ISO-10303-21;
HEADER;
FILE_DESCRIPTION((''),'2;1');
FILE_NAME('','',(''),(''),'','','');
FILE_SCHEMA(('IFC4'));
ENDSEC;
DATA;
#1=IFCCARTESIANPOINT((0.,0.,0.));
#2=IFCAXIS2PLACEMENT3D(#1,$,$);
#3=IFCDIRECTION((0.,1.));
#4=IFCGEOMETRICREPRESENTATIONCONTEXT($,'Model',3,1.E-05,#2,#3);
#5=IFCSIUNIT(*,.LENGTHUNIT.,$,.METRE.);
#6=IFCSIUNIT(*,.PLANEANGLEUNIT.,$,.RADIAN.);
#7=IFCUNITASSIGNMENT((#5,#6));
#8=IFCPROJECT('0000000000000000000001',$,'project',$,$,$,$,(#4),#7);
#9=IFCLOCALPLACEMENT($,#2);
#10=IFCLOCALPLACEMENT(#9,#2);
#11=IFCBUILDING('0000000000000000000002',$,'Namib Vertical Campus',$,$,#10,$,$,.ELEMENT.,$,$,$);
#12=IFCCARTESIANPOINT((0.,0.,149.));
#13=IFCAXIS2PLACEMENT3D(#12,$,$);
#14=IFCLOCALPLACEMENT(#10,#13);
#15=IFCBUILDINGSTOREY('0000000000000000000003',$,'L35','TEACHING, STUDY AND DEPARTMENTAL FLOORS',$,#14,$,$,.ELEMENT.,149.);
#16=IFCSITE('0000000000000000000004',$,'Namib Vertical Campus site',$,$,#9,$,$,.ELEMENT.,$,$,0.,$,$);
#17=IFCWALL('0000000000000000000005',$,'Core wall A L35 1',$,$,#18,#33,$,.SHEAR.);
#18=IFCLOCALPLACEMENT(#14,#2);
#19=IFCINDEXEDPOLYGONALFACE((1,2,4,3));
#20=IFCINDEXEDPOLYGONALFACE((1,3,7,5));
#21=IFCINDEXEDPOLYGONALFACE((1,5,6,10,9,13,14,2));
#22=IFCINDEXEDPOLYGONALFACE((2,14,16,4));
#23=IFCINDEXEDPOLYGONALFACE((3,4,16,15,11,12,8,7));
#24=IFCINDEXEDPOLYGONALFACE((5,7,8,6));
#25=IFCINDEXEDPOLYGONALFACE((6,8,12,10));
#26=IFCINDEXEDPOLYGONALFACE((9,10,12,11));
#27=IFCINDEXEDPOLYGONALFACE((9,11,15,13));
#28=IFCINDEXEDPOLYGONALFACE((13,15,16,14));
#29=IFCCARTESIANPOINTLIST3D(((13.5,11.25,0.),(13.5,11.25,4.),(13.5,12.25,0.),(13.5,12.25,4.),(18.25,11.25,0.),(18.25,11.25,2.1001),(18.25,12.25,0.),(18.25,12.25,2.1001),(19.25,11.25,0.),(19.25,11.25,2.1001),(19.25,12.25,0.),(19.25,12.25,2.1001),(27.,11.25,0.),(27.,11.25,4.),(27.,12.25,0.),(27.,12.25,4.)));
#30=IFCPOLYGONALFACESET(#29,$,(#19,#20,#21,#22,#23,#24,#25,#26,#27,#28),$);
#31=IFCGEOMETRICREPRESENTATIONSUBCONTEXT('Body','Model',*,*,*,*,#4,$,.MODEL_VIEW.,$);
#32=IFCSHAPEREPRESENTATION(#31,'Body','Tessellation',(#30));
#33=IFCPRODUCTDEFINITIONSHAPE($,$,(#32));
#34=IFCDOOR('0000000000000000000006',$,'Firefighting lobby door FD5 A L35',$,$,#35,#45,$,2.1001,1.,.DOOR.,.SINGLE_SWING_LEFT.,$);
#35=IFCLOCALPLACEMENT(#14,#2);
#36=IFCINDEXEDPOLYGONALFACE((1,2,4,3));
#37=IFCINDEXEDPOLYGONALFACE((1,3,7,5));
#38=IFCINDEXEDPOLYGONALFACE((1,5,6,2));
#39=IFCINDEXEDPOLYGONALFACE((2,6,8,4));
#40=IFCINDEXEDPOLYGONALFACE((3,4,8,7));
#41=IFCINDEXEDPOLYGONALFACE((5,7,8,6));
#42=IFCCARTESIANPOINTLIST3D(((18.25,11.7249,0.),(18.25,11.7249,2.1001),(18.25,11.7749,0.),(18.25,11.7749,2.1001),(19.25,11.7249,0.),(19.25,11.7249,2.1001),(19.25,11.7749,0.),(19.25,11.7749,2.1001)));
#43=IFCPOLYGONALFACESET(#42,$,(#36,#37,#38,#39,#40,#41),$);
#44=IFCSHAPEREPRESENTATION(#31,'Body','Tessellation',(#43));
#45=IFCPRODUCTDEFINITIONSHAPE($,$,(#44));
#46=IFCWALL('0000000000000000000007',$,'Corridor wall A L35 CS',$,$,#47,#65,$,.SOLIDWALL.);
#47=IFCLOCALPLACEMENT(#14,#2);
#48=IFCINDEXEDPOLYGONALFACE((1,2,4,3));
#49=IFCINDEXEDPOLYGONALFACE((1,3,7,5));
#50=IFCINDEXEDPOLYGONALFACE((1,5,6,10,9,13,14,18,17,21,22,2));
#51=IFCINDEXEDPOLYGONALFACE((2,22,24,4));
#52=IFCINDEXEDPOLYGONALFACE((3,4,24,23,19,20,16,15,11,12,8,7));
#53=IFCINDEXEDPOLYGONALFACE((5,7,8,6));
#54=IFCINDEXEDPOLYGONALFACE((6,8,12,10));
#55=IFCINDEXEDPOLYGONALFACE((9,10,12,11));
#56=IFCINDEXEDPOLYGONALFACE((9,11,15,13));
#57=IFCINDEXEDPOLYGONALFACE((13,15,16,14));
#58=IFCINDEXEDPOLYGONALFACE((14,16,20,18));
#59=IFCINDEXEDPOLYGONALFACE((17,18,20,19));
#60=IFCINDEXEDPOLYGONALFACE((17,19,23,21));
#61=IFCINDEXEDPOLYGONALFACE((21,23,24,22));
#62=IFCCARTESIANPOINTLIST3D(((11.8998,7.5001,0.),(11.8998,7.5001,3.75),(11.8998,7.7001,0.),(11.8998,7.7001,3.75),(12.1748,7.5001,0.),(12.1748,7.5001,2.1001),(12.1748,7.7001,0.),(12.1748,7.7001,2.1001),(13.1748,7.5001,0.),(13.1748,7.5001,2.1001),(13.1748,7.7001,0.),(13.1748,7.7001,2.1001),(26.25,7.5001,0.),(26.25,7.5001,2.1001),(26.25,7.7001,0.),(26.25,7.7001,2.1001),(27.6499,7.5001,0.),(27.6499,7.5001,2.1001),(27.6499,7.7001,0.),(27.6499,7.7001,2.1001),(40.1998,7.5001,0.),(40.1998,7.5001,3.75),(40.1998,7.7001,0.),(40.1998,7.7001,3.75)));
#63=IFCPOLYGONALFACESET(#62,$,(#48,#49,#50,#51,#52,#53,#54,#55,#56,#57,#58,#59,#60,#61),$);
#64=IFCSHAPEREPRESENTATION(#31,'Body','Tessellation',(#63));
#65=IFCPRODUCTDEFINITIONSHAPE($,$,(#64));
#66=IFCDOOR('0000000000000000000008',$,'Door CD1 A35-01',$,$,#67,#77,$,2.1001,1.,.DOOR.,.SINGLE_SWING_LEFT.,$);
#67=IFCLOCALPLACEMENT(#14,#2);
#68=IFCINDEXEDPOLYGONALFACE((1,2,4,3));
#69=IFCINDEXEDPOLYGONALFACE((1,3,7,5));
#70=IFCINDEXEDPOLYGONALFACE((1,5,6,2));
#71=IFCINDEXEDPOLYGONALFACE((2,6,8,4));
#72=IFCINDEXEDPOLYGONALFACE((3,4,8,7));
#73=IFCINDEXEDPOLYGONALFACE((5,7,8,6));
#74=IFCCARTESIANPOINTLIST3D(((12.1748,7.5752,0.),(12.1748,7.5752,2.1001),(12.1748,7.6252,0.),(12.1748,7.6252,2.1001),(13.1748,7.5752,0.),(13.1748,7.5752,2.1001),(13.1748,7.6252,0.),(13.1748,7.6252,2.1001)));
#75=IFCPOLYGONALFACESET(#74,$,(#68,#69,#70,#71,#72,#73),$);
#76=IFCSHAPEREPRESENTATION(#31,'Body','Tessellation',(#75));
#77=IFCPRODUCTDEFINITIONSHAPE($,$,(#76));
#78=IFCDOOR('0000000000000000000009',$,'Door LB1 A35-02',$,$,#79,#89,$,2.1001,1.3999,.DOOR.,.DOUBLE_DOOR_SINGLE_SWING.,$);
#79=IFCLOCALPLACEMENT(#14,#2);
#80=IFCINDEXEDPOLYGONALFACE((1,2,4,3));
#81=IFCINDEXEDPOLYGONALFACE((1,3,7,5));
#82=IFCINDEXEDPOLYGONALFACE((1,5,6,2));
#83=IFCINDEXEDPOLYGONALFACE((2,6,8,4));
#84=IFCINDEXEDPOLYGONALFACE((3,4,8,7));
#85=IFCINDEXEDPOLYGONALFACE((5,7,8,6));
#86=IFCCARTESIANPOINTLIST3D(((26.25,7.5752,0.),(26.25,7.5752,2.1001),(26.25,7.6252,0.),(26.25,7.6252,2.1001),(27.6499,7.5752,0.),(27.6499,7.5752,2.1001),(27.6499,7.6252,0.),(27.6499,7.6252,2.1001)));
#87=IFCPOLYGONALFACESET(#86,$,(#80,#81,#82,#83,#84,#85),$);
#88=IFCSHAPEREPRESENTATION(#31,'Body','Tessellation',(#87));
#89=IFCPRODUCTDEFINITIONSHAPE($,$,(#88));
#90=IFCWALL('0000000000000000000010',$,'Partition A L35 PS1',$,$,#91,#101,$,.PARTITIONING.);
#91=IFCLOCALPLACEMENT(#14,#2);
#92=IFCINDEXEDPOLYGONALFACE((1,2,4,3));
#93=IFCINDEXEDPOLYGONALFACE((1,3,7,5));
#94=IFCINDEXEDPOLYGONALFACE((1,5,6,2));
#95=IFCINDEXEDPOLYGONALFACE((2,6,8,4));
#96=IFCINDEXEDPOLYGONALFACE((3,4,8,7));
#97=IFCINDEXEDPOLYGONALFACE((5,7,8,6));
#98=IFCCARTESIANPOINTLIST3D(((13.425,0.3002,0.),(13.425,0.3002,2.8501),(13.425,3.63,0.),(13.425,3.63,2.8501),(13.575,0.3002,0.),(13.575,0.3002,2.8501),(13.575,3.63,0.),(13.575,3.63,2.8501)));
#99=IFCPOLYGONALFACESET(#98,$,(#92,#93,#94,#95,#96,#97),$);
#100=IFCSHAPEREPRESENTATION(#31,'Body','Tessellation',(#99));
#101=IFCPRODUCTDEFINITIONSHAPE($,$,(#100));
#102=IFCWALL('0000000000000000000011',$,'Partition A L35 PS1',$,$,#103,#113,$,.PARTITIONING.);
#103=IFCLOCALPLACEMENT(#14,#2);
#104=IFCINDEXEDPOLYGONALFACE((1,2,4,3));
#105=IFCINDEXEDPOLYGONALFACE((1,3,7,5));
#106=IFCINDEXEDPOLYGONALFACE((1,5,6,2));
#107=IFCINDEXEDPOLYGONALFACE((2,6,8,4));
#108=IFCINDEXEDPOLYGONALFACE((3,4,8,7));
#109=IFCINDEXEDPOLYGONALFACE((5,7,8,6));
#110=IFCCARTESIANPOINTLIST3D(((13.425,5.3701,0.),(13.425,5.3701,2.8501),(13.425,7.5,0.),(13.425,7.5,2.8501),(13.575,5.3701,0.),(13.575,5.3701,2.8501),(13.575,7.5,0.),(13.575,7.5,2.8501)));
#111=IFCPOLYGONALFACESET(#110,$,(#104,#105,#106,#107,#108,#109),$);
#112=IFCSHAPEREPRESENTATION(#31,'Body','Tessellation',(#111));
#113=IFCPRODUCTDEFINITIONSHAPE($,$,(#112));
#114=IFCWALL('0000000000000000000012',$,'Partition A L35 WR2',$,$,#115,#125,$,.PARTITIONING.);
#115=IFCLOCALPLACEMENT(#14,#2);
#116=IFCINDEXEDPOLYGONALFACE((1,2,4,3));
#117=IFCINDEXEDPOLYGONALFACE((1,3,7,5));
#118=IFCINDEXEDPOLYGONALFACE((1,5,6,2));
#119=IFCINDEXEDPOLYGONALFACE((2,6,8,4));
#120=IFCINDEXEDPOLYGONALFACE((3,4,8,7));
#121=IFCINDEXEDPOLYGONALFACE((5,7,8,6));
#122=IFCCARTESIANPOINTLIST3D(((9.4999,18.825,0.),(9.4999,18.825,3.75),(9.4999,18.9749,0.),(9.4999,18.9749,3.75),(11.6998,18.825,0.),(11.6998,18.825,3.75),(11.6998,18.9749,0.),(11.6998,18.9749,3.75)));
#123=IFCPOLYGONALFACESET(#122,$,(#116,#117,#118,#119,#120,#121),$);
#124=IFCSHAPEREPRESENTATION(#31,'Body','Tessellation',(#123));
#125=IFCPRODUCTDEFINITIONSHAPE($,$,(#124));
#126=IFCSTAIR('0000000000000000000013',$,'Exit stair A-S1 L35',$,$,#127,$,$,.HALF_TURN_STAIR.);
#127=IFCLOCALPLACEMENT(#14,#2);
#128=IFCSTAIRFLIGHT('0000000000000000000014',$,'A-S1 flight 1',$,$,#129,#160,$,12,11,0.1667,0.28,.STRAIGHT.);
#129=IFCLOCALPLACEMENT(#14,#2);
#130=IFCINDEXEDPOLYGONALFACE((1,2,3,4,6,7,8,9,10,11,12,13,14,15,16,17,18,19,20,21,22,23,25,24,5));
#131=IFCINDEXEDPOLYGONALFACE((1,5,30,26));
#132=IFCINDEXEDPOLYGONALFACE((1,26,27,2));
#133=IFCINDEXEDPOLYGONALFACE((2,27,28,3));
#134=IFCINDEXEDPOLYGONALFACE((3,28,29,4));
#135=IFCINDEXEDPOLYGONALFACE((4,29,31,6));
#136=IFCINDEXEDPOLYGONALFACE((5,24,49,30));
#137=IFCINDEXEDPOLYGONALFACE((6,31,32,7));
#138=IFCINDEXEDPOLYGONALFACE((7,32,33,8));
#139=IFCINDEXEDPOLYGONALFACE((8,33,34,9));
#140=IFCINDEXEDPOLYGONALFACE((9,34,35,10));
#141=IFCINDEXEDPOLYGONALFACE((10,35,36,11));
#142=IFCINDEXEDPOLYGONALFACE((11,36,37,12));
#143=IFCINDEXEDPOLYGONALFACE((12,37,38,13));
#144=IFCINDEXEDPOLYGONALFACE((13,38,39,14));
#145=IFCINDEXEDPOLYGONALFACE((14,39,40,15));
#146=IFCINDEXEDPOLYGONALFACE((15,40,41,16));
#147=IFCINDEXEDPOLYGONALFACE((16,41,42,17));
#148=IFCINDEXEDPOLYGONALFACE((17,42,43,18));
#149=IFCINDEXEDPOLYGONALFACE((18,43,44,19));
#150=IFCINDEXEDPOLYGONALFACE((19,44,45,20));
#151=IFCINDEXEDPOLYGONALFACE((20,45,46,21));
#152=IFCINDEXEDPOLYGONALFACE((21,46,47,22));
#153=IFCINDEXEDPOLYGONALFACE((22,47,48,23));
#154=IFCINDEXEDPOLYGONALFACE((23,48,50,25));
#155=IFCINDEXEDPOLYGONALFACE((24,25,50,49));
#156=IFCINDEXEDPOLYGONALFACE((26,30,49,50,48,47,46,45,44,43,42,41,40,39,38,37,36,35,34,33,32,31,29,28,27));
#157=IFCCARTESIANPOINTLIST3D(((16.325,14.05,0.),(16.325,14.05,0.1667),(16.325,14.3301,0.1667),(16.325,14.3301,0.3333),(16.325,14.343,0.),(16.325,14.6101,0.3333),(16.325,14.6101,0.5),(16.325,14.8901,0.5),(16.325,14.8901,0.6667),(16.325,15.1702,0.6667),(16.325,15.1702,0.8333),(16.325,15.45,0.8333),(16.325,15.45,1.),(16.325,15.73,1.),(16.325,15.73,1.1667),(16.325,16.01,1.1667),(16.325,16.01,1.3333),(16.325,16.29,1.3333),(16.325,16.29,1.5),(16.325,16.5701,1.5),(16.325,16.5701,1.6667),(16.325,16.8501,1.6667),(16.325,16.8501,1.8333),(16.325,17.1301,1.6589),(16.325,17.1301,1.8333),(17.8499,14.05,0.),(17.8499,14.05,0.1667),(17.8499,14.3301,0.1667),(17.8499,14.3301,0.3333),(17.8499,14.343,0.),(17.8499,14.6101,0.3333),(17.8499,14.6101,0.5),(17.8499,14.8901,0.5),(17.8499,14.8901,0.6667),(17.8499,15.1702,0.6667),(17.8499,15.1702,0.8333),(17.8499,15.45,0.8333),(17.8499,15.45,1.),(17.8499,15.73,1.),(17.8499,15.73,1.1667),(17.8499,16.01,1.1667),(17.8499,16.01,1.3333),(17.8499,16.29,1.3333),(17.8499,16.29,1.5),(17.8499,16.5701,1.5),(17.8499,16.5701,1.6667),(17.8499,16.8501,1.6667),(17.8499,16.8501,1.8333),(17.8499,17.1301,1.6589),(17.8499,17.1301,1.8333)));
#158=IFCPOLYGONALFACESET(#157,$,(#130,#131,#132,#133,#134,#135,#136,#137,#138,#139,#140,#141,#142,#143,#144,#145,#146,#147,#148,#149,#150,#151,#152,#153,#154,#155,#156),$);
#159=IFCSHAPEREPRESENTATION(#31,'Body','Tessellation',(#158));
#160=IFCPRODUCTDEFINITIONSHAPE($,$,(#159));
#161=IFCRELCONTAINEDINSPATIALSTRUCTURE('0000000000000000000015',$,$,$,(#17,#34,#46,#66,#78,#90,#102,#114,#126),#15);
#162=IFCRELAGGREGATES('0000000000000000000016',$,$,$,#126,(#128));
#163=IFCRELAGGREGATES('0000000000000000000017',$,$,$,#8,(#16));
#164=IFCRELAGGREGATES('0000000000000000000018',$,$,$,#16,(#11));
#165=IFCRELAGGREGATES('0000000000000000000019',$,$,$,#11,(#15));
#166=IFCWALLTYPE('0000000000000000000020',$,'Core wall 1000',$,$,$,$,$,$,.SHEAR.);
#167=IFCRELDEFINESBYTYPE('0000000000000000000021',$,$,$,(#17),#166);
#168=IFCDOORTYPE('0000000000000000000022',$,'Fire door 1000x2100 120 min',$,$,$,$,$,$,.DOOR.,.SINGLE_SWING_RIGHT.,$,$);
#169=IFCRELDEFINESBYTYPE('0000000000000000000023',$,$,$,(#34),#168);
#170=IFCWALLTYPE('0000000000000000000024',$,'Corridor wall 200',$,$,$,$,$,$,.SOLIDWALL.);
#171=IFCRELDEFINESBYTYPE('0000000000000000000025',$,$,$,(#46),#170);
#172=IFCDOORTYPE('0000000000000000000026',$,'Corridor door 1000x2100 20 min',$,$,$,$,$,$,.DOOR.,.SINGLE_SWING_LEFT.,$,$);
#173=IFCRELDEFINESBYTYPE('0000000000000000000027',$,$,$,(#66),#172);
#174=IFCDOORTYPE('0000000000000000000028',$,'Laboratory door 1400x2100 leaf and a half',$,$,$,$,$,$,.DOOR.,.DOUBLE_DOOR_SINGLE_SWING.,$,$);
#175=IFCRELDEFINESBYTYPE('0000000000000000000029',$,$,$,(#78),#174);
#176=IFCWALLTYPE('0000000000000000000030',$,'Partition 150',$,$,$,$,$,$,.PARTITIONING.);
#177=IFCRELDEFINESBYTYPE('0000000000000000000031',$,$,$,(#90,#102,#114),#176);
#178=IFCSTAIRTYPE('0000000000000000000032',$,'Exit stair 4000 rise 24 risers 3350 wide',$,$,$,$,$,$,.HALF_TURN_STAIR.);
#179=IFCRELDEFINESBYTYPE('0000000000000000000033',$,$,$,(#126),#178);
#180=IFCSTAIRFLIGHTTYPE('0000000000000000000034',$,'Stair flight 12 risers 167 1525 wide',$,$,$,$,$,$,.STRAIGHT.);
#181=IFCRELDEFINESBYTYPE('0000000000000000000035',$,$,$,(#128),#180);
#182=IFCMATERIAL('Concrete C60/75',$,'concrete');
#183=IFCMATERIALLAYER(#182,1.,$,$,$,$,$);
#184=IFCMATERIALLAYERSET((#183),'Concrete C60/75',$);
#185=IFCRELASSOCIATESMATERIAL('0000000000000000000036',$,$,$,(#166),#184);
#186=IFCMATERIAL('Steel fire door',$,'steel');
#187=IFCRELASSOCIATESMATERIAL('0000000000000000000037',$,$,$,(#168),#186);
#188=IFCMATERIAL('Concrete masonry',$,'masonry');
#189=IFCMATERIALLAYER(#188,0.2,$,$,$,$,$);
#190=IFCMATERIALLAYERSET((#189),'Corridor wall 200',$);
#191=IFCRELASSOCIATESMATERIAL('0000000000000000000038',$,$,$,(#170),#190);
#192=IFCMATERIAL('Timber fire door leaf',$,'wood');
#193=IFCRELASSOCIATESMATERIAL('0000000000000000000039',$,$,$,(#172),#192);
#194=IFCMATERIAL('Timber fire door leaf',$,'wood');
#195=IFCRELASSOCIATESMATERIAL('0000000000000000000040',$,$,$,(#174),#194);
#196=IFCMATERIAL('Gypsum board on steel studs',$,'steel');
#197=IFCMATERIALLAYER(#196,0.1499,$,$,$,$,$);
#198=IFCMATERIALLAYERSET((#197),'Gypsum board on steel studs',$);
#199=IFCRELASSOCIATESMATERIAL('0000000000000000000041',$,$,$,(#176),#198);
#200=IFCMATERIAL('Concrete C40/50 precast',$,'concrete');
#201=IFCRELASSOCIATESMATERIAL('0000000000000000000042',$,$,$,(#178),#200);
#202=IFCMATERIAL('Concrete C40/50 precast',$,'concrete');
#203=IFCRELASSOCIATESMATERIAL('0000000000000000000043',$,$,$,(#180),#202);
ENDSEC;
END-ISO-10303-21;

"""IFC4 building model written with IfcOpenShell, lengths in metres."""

from ifc_helpers import new_model, si_unit, direction, frame, frame_2d, origin, place, context, subcontext, project, spatial, polyline, rectangle, outline, extrude, material, layer, layer_set, type_object, element, fill, aggregate, save


model = new_model("IFC4")

# Units and contexts
model_context = context("Model", 3, precision=1e-05, world=origin(), true_north=direction((0.0, 1.0)))
body_context = subcontext(model_context, "Body", "Model", "MODEL_VIEW")
ifc_project = project(units=[si_unit("LENGTHUNIT", "METRE"), si_unit("PLANEANGLEUNIT", "RADIAN")], contexts=[model_context])

# Site, building, storey
site_placement = place(None, origin())
site = spatial("IfcSite", under=ifc_project, at=site_placement, Name="Namib Vertical Campus site", CompositionType="ELEMENT", RefElevation=0.0)
building_placement = place(site_placement, origin())
building = spatial("IfcBuilding", under=site, at=building_placement, Name="Namib Vertical Campus", CompositionType="ELEMENT")
storey_placement = place(building_placement, frame((0.0, 0.0, 149.0)))
storey = spatial("IfcBuildingStorey", under=building, at=storey_placement, Name="L35", Description="TEACHING, STUDY AND DEPARTMENTAL FLOORS", CompositionType="ELEMENT", Elevation=149.0)

# Wall, opening, door
ifc_material_1 = material(Name="Concrete C60/75", Category="concrete")
ifc_layer_1 = layer(ifc_material_1, 1.0)
ifc_layer_set_1 = layer_set([ifc_layer_1], Name="Concrete C60/75")
wall_type_1 = type_object("IfcWallType", Name="Core wall 1000", PredefinedType="SHEAR", material=ifc_layer_set_1)
wall_1_placement = place(storey_placement, frame((13.5, 11.75, 0.0), z_axis=(0.0, 0.0, 1.0), x_axis=(1.0, 0.0, 0.0)))
wall_1 = element("IfcWall", 1, at=wall_1_placement, inside=storey, type_object=wall_type_1, Name="Core wall A L35 1", PredefinedType="SHEAR", context=body_context, shape_type="SweptSolid", body=[
    extrude(rectangle(XDim=13.5, YDim=1.0, at=frame_2d((6.75, 0.0))), origin(), (0.0, 0.0, 1.0), 4.0),
])
opening_1_placement = place(wall_1_placement, frame((4.75, 0.0, 0.0)))
opening_1 = element("IfcOpeningElement", 2, at=opening_1_placement, cuts=wall_1, PredefinedType="OPENING", context=body_context, shape_type="SweptSolid", body=[
    extrude(rectangle(XDim=1.0, YDim=2.1001, at=frame_2d((0.5, 1.05))), frame((0.0, 0.51, 0.0), z_axis=(0.0, -1.0, 0.0), x_axis=(1.0, 0.0, 0.0)), (0.0, 0.0, 1.0), 1.02),
])
ifc_material_2 = material(Name="Steel fire door", Category="steel")
door_type_1 = type_object("IfcDoorType", Name="Fire door 1000x2100 120 min", OperationType="SINGLE_SWING_RIGHT", PredefinedType="DOOR", material=ifc_material_2)
door_1_placement = place(opening_1_placement, origin())
door_1 = element("IfcDoor", 3, at=door_1_placement, inside=storey, type_object=door_type_1, Name="Firefighting lobby door FD5 A L35", OperationType="SINGLE_SWING_LEFT", OverallHeight=2.1001, OverallWidth=1.0, PredefinedType="DOOR", context=body_context, shape_type="SweptSolid", body=[
    extrude(rectangle(XDim=1.0, YDim=2.1001, at=frame_2d((0.5, 1.05))), frame((0.0, 0.0249, 0.0), z_axis=(0.0, -1.0, 0.0), x_axis=(1.0, 0.0, 0.0)), (0.0, 0.0, 1.0), 0.05),
])
fill(opening_1, door_1)

# Wall, openings, doors
ifc_material_3 = material(Name="Concrete masonry", Category="masonry")
ifc_layer_2 = layer(ifc_material_3, 0.2)
ifc_layer_set_2 = layer_set([ifc_layer_2], Name="Corridor wall 200")
wall_type_2 = type_object("IfcWallType", Name="Corridor wall 200", PredefinedType="SOLIDWALL", material=ifc_layer_set_2)
wall_2_placement = place(storey_placement, frame((11.8999, 7.6001, 0.0), z_axis=(0.0, 0.0, 1.0), x_axis=(1.0, 0.0, 0.0)))
wall_2 = element("IfcWall", 4, at=wall_2_placement, inside=storey, type_object=wall_type_2, Name="Corridor wall A L35 CS", PredefinedType="SOLIDWALL", context=body_context, shape_type="SweptSolid", body=[
    extrude(rectangle(XDim=28.3, YDim=0.2, at=frame_2d((14.1499, 0.0))), origin(), (0.0, 0.0, 1.0), 3.75),
])
opening_2_placement = place(wall_2_placement, frame((0.2749, 0.0, 0.0)))
opening_2 = element("IfcOpeningElement", 5, at=opening_2_placement, cuts=wall_2, PredefinedType="OPENING", context=body_context, shape_type="SweptSolid", body=[
    extrude(rectangle(XDim=1.0, YDim=2.1001, at=frame_2d((0.5, 1.05))), frame((0.0, 0.1099, 0.0), z_axis=(0.0, -1.0, 0.0), x_axis=(1.0, 0.0, 0.0)), (0.0, 0.0, 1.0), 0.22),
])
opening_3_placement = place(wall_2_placement, frame((14.3501, 0.0, 0.0)))
opening_3 = element("IfcOpeningElement", 6, at=opening_3_placement, cuts=wall_2, PredefinedType="OPENING", context=body_context, shape_type="SweptSolid", body=[
    extrude(rectangle(XDim=1.3999, YDim=2.1001, at=frame_2d((0.7, 1.05))), frame((0.0, 0.1099, 0.0), z_axis=(0.0, -1.0, 0.0), x_axis=(1.0, 0.0, 0.0)), (0.0, 0.0, 1.0), 0.22),
])
ifc_material_4 = material(Name="Timber fire door leaf", Category="wood")
door_type_2 = type_object("IfcDoorType", Name="Corridor door 1000x2100 20 min", OperationType="SINGLE_SWING_LEFT", PredefinedType="DOOR", material=ifc_material_4)
door_2_placement = place(opening_2_placement, frame((1.0, 0.0, 0.0), z_axis=(0.0, 0.0, 1.0), x_axis=(-1.0, 0.0, 0.0)))
door_2 = element("IfcDoor", 7, at=door_2_placement, inside=storey, type_object=door_type_2, Name="Door CD1 A35-01", OperationType="SINGLE_SWING_LEFT", OverallHeight=2.1001, OverallWidth=1.0, PredefinedType="DOOR", context=body_context, shape_type="SweptSolid", body=[
    extrude(rectangle(XDim=1.0, YDim=2.1001, at=frame_2d((0.5, 1.05))), frame((0.0, 0.0249, 0.0), z_axis=(0.0, -1.0, 0.0), x_axis=(1.0, 0.0, 0.0)), (0.0, 0.0, 1.0), 0.05),
])
fill(opening_2, door_2)
ifc_material_5 = material(Name="Timber fire door leaf", Category="wood")
door_type_3 = type_object("IfcDoorType", Name="Laboratory door 1400x2100 leaf and a half", OperationType="DOUBLE_DOOR_SINGLE_SWING", PredefinedType="DOOR", material=ifc_material_5)
door_3_placement = place(opening_3_placement, frame((1.3999, 0.0, 0.0), z_axis=(0.0, 0.0, 1.0), x_axis=(-1.0, 0.0, 0.0)))
door_3 = element("IfcDoor", 8, at=door_3_placement, inside=storey, type_object=door_type_3, Name="Door LB1 A35-02", OperationType="DOUBLE_DOOR_SINGLE_SWING", OverallHeight=2.1001, OverallWidth=1.3999, PredefinedType="DOOR", context=body_context, shape_type="SweptSolid", body=[
    extrude(rectangle(XDim=1.3999, YDim=2.1001, at=frame_2d((0.7, 1.05))), frame((0.0, 0.0249, 0.0), z_axis=(0.0, -1.0, 0.0), x_axis=(1.0, 0.0, 0.0)), (0.0, 0.0, 1.0), 0.05),
])
fill(opening_3, door_3)

# Walls
ifc_material_6 = material(Name="Gypsum board on steel studs", Category="steel")
ifc_layer_3 = layer(ifc_material_6, 0.1499)
ifc_layer_set_3 = layer_set([ifc_layer_3], Name="Gypsum board on steel studs")
wall_type_3 = type_object("IfcWallType", Name="Partition 150", PredefinedType="PARTITIONING", material=ifc_layer_set_3)
wall_3_placement = place(storey_placement, frame((13.5, 0.3, 0.0), z_axis=(0.0, 0.0, 1.0), x_axis=(0.0, 1.0, 0.0)))
element("IfcWall", 9, at=wall_3_placement, inside=storey, type_object=wall_type_3, Name="Partition A L35 PS1", PredefinedType="PARTITIONING", context=body_context, shape_type="SweptSolid", body=[
    extrude(rectangle(XDim=3.3298, YDim=0.1499, at=frame_2d((1.665, 0.0))), origin(), (0.0, 0.0, 1.0), 2.8501),
])
wall_4_placement = place(storey_placement, frame((13.5, 5.3701, 0.0), z_axis=(0.0, 0.0, 1.0), x_axis=(0.0, 1.0, 0.0)))
element("IfcWall", 10, at=wall_4_placement, inside=storey, type_object=wall_type_3, Name="Partition A L35 PS1", PredefinedType="PARTITIONING", context=body_context, shape_type="SweptSolid", body=[
    extrude(rectangle(XDim=2.1299, YDim=0.1499, at=frame_2d((1.0649, 0.0))), origin(), (0.0, 0.0, 1.0), 2.8501),
])
wall_5_placement = place(storey_placement, frame((11.7, 18.8999, 0.0), z_axis=(0.0, 0.0, 1.0), x_axis=(-1.0, 0.0, 0.0)))
element("IfcWall", 11, at=wall_5_placement, inside=storey, type_object=wall_type_3, Name="Partition A L35 WR2", PredefinedType="PARTITIONING", context=body_context, shape_type="SweptSolid", body=[
    extrude(rectangle(XDim=2.2, YDim=0.1499, at=frame_2d((1.1001, 0.0))), origin(), (0.0, 0.0, 1.0), 3.75),
])

# Stair, stair flight
ifc_material_7 = material(Name="Concrete C40/50 precast", Category="concrete")
stair_type = type_object("IfcStairType", Name="Exit stair 4000 rise 24 risers 3350 wide", PredefinedType="HALF_TURN_STAIR", material=ifc_material_7)
stair_placement = place(storey_placement, origin())
stair = element("IfcStair", 12, at=stair_placement, inside=storey, type_object=stair_type, Name="Exit stair A-S1 L35", PredefinedType="HALF_TURN_STAIR")
ifc_material_8 = material(Name="Concrete C40/50 precast", Category="concrete")
stair_flight_type = type_object("IfcStairFlightType", Name="Stair flight 12 risers 167 1525 wide", PredefinedType="STRAIGHT", material=ifc_material_8)
stair_flight_1_placement = place(storey_placement, frame((17.0874, 14.05, 0.0), z_axis=(0.0, 0.0, 1.0), x_axis=(0.0, 1.0, 0.0)))
stair_flight_1 = element("IfcStairFlight", 13, at=stair_flight_1_placement, type_object=stair_flight_type, Name="A-S1 flight 1", NumberOfRisers=12, NumberOfTreads=11, PredefinedType="STRAIGHT", RiserHeight=0.1667, TreadLength=0.28, context=body_context, shape_type="SweptSolid", body=[
    extrude(outline(polyline([(0.0, 0.0), (0.0, 0.1667), (0.28, 0.1667), (0.28, 0.3333), (0.5601, 0.3333), (0.5601, 0.5), (0.8401, 0.5), (0.8401, 0.6667), (1.1201, 0.6667), (1.1201, 0.8333), (1.3999, 0.8333), (1.3999, 1.0), (1.6799, 1.0), (1.6799, 1.1667), (1.96, 1.1667), (1.96, 1.3333), (2.24, 1.3333), (2.24, 1.5), (2.52, 1.5), (2.52, 1.6667), (2.8, 1.6667), (2.8, 1.8333), (3.0801, 1.8333), (3.0801, 2.0), (3.0801, 1.6589), (0.293, 0.0), (0.0, 0.0)])), frame((0.0, 0.7625, 0.0), z_axis=(0.0, -1.0, 0.0), x_axis=(1.0, 0.0, 0.0)), (0.0, 0.0, 1.0), 1.5249),
])
aggregate(stair, [stair_flight_1])

save(model, "model.ifc")
